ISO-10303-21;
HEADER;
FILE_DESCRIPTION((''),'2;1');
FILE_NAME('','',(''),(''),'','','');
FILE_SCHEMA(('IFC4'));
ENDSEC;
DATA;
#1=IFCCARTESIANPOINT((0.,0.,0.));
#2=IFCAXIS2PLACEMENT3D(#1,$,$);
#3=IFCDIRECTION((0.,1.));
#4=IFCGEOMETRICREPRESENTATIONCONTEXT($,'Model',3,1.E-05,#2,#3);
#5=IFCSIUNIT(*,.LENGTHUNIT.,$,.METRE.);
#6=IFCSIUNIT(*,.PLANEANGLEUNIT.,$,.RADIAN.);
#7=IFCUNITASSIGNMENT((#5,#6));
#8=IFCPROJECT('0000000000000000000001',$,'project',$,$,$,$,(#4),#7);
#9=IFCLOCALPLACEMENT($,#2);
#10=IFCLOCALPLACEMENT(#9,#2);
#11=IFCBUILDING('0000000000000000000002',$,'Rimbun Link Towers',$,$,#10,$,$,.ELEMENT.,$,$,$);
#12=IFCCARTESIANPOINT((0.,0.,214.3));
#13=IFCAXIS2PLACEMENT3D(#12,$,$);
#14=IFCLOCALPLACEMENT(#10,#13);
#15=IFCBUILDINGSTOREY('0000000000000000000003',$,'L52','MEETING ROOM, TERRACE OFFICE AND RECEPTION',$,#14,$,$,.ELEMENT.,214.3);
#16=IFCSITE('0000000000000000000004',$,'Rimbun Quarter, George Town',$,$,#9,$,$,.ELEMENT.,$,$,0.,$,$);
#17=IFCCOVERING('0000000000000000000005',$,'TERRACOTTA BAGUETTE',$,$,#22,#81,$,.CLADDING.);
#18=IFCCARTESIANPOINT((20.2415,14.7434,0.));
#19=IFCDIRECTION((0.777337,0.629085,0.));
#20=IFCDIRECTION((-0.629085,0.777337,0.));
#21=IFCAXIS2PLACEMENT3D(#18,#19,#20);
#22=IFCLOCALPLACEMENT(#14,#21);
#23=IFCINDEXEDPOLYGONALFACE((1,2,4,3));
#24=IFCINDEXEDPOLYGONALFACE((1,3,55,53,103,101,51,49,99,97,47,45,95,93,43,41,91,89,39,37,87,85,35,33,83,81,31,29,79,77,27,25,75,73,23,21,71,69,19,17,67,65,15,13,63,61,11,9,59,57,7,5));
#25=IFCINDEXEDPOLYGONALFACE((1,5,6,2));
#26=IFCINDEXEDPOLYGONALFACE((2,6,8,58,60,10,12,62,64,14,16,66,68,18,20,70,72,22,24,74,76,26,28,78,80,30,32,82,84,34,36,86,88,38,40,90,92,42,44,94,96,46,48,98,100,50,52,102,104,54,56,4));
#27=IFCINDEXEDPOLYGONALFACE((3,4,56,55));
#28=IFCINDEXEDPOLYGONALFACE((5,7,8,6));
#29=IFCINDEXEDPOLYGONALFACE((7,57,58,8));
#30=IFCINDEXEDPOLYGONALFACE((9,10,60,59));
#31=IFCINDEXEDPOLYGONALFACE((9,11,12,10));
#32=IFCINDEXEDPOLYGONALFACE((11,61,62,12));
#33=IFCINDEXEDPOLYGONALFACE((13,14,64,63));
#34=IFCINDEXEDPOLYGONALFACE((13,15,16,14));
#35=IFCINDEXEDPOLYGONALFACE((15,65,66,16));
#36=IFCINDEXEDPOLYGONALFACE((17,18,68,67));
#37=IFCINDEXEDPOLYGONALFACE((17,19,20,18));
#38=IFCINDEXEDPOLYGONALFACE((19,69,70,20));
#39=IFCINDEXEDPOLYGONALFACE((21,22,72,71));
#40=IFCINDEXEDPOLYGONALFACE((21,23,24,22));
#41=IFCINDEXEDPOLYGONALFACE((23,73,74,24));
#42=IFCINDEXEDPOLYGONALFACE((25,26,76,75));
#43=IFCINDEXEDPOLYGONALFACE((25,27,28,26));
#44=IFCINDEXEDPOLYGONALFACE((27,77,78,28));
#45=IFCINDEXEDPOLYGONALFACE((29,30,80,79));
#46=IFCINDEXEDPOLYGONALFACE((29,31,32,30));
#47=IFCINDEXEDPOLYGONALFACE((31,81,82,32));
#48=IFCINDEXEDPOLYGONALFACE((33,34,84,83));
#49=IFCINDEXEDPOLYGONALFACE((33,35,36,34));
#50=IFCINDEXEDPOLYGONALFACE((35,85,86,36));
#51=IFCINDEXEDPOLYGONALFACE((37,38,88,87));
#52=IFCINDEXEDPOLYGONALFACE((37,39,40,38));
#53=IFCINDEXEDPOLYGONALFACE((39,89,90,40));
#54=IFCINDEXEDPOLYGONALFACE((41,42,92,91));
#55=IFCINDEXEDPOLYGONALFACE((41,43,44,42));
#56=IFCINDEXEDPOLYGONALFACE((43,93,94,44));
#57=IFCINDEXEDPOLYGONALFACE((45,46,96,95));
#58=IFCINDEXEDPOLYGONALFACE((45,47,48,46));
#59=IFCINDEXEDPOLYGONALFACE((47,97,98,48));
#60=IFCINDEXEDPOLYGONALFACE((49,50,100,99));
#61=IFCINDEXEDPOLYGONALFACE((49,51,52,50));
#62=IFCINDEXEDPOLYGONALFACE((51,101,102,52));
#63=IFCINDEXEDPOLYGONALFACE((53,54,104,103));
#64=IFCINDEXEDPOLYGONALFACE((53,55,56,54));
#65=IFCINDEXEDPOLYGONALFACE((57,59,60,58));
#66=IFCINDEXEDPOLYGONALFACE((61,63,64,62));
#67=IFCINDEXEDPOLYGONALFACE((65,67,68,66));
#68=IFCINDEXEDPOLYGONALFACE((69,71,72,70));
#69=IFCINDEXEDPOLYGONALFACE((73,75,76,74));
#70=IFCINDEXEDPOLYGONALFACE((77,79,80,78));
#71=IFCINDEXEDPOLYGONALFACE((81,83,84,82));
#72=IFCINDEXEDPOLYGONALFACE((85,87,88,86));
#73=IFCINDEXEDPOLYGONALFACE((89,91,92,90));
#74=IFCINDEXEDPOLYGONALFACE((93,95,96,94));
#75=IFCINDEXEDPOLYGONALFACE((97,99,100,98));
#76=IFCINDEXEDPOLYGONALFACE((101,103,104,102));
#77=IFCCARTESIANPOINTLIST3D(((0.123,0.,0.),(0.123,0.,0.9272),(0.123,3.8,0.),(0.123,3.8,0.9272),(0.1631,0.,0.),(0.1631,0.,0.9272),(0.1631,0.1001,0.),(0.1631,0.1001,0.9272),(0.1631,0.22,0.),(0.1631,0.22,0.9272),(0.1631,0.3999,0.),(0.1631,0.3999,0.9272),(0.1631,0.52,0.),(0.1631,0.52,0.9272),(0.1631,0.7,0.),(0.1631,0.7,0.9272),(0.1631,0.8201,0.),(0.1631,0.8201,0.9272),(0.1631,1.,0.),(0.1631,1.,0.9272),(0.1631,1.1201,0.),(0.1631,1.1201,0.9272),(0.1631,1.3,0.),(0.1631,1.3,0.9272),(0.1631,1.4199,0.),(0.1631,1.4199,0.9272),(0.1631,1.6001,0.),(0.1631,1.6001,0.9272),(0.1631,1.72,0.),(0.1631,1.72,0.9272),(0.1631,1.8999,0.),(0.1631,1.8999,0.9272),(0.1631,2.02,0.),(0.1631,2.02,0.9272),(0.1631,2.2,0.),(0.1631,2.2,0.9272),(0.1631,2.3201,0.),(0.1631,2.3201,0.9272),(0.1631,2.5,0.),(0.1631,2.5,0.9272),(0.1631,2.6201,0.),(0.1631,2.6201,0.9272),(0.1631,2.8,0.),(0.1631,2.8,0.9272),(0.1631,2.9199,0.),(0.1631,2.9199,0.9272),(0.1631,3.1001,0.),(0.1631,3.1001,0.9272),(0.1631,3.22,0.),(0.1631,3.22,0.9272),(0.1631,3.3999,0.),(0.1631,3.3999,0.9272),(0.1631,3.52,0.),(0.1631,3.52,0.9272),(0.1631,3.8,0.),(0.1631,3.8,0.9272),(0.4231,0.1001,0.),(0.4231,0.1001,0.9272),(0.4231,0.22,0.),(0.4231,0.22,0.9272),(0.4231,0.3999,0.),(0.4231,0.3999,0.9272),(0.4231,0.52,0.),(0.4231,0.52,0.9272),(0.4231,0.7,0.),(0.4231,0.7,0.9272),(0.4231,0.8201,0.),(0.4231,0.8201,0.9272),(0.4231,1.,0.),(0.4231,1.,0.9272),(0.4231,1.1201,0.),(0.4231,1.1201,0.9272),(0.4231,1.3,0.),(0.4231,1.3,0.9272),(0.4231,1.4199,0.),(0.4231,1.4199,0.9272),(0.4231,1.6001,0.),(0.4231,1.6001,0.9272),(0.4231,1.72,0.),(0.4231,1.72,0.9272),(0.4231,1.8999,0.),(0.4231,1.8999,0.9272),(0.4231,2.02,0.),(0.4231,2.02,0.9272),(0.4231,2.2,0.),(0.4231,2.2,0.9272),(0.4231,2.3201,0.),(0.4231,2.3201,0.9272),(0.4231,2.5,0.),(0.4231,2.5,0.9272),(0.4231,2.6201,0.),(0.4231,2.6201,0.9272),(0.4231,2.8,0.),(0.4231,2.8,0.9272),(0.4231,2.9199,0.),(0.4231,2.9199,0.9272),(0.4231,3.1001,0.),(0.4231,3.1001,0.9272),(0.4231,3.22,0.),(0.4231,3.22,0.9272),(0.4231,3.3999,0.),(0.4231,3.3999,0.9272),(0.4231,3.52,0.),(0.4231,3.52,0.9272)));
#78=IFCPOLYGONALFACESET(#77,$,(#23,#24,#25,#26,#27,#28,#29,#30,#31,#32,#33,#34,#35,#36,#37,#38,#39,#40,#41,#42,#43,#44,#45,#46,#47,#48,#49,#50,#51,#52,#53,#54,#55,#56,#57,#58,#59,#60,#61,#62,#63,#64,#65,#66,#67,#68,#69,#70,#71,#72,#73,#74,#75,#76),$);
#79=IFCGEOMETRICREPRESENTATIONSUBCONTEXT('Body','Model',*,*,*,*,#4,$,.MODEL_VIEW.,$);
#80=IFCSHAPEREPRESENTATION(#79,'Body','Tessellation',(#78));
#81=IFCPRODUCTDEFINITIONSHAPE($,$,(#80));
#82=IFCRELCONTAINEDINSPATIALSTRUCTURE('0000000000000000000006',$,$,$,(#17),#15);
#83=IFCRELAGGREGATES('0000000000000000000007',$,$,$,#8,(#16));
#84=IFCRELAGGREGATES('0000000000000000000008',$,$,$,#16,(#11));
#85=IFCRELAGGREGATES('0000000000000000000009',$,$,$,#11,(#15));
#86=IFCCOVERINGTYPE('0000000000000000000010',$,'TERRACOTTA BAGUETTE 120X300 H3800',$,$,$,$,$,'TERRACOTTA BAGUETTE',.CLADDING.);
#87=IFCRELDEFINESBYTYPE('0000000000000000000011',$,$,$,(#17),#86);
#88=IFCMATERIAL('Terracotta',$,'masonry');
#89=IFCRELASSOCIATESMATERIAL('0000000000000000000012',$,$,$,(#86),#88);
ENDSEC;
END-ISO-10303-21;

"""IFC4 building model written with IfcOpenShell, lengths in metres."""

from ifc_helpers import new_model, si_unit, direction, frame, origin, place, context, subcontext, project, spatial, polyline, outline, extrude, material, material_profile, profile_set, type_object, element, save


model = new_model("IFC4")

# Units and contexts
model_context = context("Model", 3, precision=1e-05, world=origin(), true_north=direction((0.0, 1.0)))
body_context = subcontext(model_context, "Body", "Model", "MODEL_VIEW")
ifc_project = project(units=[si_unit("LENGTHUNIT", "METRE"), si_unit("PLANEANGLEUNIT", "RADIAN")], contexts=[model_context])

# Site, building, storey
site_placement = place(None, origin())
site = spatial("IfcSite", under=ifc_project, at=site_placement, Name="Rimbun Quarter, George Town", CompositionType="ELEMENT", RefElevation=0.0)
building_placement = place(site_placement, origin())
building = spatial("IfcBuilding", under=site, at=building_placement, Name="Rimbun Link Towers", CompositionType="ELEMENT")
storey_placement = place(building_placement, frame((0.0, 0.0, 214.3)))
storey = spatial("IfcBuildingStorey", under=building, at=storey_placement, Name="L52", Description="MEETING ROOM, TERRACE OFFICE AND RECEPTION", CompositionType="ELEMENT", Elevation=214.3)

# Covering
ifc_material_1 = material(Name="Terracotta", Category="masonry")
ifc_material_profile_1 = material_profile(ifc_material_1, outline(polyline([(0.123, 0.0), (0.1631, 0.0), (0.1631, 0.1001), (0.4231, 0.1001), (0.4231, 0.22), (0.1631, 0.22), (0.1631, 0.3999), (0.4231, 0.3999), (0.4231, 0.52), (0.1631, 0.52), (0.1631, 0.7), (0.4231, 0.7), (0.4231, 0.8201), (0.1631, 0.8201), (0.1631, 1.0), (0.4231, 1.0), (0.4231, 1.1201), (0.1631, 1.1201), (0.1631, 1.3), (0.4231, 1.3), (0.4231, 1.4199), (0.1631, 1.4199), (0.1631, 1.6001), (0.4231, 1.6001), (0.4231, 1.72), (0.1631, 1.72), (0.1631, 1.8999), (0.4231, 1.8999), (0.4231, 2.02), (0.1631, 2.02), (0.1631, 2.2), (0.4231, 2.2), (0.4231, 2.3201), (0.1631, 2.3201), (0.1631, 2.5), (0.4231, 2.5), (0.4231, 2.6201), (0.1631, 2.6201), (0.1631, 2.8), (0.4231, 2.8), (0.4231, 2.9199), (0.1631, 2.9199), (0.1631, 3.1001), (0.4231, 3.1001), (0.4231, 3.22), (0.1631, 3.22), (0.1631, 3.3999), (0.4231, 3.3999), (0.4231, 3.52), (0.1631, 3.52), (0.1631, 3.8), (0.123, 3.8), (0.123, 0.0)])), Name="BAGUETTE 120X300")
ifc_profile_set_1 = profile_set([ifc_material_profile_1], Name="Terracotta")
covering_type = type_object("IfcCoveringType", Name="TERRACOTTA BAGUETTE 120X300 H3800", ElementType="TERRACOTTA BAGUETTE", PredefinedType="CLADDING", material=ifc_profile_set_1)
covering_1_placement = place(storey_placement, frame((20.2415, 14.7434, 0.0), z_axis=(0.777337, 0.629085, 0.0), x_axis=(-0.629085, 0.777337, 0.0)))
element("IfcCovering", 1, at=covering_1_placement, inside=storey, type_object=covering_type, Name="TERRACOTTA BAGUETTE", PredefinedType="CLADDING", context=body_context, shape_type="SweptSolid", body=[
    extrude(outline(polyline([(0.123, 0.0), (0.1631, 0.0), (0.1631, 0.1001), (0.4231, 0.1001), (0.4231, 0.22), (0.1631, 0.22), (0.1631, 0.3999), (0.4231, 0.3999), (0.4231, 0.52), (0.1631, 0.52), (0.1631, 0.7), (0.4231, 0.7), (0.4231, 0.8201), (0.1631, 0.8201), (0.1631, 1.0), (0.4231, 1.0), (0.4231, 1.1201), (0.1631, 1.1201), (0.1631, 1.3), (0.4231, 1.3), (0.4231, 1.4199), (0.1631, 1.4199), (0.1631, 1.6001), (0.4231, 1.6001), (0.4231, 1.72), (0.1631, 1.72), (0.1631, 1.8999), (0.4231, 1.8999), (0.4231, 2.02), (0.1631, 2.02), (0.1631, 2.2), (0.4231, 2.2), (0.4231, 2.3201), (0.1631, 2.3201), (0.1631, 2.5), (0.4231, 2.5), (0.4231, 2.6201), (0.1631, 2.6201), (0.1631, 2.8), (0.4231, 2.8), (0.4231, 2.9199), (0.1631, 2.9199), (0.1631, 3.1001), (0.4231, 3.1001), (0.4231, 3.22), (0.1631, 3.22), (0.1631, 3.3999), (0.4231, 3.3999), (0.4231, 3.52), (0.1631, 3.52), (0.1631, 3.8), (0.123, 3.8), (0.123, 0.0)])), origin(), (0.0, 0.0, 1.0), 0.9272),
])

save(model, "model.ifc")
